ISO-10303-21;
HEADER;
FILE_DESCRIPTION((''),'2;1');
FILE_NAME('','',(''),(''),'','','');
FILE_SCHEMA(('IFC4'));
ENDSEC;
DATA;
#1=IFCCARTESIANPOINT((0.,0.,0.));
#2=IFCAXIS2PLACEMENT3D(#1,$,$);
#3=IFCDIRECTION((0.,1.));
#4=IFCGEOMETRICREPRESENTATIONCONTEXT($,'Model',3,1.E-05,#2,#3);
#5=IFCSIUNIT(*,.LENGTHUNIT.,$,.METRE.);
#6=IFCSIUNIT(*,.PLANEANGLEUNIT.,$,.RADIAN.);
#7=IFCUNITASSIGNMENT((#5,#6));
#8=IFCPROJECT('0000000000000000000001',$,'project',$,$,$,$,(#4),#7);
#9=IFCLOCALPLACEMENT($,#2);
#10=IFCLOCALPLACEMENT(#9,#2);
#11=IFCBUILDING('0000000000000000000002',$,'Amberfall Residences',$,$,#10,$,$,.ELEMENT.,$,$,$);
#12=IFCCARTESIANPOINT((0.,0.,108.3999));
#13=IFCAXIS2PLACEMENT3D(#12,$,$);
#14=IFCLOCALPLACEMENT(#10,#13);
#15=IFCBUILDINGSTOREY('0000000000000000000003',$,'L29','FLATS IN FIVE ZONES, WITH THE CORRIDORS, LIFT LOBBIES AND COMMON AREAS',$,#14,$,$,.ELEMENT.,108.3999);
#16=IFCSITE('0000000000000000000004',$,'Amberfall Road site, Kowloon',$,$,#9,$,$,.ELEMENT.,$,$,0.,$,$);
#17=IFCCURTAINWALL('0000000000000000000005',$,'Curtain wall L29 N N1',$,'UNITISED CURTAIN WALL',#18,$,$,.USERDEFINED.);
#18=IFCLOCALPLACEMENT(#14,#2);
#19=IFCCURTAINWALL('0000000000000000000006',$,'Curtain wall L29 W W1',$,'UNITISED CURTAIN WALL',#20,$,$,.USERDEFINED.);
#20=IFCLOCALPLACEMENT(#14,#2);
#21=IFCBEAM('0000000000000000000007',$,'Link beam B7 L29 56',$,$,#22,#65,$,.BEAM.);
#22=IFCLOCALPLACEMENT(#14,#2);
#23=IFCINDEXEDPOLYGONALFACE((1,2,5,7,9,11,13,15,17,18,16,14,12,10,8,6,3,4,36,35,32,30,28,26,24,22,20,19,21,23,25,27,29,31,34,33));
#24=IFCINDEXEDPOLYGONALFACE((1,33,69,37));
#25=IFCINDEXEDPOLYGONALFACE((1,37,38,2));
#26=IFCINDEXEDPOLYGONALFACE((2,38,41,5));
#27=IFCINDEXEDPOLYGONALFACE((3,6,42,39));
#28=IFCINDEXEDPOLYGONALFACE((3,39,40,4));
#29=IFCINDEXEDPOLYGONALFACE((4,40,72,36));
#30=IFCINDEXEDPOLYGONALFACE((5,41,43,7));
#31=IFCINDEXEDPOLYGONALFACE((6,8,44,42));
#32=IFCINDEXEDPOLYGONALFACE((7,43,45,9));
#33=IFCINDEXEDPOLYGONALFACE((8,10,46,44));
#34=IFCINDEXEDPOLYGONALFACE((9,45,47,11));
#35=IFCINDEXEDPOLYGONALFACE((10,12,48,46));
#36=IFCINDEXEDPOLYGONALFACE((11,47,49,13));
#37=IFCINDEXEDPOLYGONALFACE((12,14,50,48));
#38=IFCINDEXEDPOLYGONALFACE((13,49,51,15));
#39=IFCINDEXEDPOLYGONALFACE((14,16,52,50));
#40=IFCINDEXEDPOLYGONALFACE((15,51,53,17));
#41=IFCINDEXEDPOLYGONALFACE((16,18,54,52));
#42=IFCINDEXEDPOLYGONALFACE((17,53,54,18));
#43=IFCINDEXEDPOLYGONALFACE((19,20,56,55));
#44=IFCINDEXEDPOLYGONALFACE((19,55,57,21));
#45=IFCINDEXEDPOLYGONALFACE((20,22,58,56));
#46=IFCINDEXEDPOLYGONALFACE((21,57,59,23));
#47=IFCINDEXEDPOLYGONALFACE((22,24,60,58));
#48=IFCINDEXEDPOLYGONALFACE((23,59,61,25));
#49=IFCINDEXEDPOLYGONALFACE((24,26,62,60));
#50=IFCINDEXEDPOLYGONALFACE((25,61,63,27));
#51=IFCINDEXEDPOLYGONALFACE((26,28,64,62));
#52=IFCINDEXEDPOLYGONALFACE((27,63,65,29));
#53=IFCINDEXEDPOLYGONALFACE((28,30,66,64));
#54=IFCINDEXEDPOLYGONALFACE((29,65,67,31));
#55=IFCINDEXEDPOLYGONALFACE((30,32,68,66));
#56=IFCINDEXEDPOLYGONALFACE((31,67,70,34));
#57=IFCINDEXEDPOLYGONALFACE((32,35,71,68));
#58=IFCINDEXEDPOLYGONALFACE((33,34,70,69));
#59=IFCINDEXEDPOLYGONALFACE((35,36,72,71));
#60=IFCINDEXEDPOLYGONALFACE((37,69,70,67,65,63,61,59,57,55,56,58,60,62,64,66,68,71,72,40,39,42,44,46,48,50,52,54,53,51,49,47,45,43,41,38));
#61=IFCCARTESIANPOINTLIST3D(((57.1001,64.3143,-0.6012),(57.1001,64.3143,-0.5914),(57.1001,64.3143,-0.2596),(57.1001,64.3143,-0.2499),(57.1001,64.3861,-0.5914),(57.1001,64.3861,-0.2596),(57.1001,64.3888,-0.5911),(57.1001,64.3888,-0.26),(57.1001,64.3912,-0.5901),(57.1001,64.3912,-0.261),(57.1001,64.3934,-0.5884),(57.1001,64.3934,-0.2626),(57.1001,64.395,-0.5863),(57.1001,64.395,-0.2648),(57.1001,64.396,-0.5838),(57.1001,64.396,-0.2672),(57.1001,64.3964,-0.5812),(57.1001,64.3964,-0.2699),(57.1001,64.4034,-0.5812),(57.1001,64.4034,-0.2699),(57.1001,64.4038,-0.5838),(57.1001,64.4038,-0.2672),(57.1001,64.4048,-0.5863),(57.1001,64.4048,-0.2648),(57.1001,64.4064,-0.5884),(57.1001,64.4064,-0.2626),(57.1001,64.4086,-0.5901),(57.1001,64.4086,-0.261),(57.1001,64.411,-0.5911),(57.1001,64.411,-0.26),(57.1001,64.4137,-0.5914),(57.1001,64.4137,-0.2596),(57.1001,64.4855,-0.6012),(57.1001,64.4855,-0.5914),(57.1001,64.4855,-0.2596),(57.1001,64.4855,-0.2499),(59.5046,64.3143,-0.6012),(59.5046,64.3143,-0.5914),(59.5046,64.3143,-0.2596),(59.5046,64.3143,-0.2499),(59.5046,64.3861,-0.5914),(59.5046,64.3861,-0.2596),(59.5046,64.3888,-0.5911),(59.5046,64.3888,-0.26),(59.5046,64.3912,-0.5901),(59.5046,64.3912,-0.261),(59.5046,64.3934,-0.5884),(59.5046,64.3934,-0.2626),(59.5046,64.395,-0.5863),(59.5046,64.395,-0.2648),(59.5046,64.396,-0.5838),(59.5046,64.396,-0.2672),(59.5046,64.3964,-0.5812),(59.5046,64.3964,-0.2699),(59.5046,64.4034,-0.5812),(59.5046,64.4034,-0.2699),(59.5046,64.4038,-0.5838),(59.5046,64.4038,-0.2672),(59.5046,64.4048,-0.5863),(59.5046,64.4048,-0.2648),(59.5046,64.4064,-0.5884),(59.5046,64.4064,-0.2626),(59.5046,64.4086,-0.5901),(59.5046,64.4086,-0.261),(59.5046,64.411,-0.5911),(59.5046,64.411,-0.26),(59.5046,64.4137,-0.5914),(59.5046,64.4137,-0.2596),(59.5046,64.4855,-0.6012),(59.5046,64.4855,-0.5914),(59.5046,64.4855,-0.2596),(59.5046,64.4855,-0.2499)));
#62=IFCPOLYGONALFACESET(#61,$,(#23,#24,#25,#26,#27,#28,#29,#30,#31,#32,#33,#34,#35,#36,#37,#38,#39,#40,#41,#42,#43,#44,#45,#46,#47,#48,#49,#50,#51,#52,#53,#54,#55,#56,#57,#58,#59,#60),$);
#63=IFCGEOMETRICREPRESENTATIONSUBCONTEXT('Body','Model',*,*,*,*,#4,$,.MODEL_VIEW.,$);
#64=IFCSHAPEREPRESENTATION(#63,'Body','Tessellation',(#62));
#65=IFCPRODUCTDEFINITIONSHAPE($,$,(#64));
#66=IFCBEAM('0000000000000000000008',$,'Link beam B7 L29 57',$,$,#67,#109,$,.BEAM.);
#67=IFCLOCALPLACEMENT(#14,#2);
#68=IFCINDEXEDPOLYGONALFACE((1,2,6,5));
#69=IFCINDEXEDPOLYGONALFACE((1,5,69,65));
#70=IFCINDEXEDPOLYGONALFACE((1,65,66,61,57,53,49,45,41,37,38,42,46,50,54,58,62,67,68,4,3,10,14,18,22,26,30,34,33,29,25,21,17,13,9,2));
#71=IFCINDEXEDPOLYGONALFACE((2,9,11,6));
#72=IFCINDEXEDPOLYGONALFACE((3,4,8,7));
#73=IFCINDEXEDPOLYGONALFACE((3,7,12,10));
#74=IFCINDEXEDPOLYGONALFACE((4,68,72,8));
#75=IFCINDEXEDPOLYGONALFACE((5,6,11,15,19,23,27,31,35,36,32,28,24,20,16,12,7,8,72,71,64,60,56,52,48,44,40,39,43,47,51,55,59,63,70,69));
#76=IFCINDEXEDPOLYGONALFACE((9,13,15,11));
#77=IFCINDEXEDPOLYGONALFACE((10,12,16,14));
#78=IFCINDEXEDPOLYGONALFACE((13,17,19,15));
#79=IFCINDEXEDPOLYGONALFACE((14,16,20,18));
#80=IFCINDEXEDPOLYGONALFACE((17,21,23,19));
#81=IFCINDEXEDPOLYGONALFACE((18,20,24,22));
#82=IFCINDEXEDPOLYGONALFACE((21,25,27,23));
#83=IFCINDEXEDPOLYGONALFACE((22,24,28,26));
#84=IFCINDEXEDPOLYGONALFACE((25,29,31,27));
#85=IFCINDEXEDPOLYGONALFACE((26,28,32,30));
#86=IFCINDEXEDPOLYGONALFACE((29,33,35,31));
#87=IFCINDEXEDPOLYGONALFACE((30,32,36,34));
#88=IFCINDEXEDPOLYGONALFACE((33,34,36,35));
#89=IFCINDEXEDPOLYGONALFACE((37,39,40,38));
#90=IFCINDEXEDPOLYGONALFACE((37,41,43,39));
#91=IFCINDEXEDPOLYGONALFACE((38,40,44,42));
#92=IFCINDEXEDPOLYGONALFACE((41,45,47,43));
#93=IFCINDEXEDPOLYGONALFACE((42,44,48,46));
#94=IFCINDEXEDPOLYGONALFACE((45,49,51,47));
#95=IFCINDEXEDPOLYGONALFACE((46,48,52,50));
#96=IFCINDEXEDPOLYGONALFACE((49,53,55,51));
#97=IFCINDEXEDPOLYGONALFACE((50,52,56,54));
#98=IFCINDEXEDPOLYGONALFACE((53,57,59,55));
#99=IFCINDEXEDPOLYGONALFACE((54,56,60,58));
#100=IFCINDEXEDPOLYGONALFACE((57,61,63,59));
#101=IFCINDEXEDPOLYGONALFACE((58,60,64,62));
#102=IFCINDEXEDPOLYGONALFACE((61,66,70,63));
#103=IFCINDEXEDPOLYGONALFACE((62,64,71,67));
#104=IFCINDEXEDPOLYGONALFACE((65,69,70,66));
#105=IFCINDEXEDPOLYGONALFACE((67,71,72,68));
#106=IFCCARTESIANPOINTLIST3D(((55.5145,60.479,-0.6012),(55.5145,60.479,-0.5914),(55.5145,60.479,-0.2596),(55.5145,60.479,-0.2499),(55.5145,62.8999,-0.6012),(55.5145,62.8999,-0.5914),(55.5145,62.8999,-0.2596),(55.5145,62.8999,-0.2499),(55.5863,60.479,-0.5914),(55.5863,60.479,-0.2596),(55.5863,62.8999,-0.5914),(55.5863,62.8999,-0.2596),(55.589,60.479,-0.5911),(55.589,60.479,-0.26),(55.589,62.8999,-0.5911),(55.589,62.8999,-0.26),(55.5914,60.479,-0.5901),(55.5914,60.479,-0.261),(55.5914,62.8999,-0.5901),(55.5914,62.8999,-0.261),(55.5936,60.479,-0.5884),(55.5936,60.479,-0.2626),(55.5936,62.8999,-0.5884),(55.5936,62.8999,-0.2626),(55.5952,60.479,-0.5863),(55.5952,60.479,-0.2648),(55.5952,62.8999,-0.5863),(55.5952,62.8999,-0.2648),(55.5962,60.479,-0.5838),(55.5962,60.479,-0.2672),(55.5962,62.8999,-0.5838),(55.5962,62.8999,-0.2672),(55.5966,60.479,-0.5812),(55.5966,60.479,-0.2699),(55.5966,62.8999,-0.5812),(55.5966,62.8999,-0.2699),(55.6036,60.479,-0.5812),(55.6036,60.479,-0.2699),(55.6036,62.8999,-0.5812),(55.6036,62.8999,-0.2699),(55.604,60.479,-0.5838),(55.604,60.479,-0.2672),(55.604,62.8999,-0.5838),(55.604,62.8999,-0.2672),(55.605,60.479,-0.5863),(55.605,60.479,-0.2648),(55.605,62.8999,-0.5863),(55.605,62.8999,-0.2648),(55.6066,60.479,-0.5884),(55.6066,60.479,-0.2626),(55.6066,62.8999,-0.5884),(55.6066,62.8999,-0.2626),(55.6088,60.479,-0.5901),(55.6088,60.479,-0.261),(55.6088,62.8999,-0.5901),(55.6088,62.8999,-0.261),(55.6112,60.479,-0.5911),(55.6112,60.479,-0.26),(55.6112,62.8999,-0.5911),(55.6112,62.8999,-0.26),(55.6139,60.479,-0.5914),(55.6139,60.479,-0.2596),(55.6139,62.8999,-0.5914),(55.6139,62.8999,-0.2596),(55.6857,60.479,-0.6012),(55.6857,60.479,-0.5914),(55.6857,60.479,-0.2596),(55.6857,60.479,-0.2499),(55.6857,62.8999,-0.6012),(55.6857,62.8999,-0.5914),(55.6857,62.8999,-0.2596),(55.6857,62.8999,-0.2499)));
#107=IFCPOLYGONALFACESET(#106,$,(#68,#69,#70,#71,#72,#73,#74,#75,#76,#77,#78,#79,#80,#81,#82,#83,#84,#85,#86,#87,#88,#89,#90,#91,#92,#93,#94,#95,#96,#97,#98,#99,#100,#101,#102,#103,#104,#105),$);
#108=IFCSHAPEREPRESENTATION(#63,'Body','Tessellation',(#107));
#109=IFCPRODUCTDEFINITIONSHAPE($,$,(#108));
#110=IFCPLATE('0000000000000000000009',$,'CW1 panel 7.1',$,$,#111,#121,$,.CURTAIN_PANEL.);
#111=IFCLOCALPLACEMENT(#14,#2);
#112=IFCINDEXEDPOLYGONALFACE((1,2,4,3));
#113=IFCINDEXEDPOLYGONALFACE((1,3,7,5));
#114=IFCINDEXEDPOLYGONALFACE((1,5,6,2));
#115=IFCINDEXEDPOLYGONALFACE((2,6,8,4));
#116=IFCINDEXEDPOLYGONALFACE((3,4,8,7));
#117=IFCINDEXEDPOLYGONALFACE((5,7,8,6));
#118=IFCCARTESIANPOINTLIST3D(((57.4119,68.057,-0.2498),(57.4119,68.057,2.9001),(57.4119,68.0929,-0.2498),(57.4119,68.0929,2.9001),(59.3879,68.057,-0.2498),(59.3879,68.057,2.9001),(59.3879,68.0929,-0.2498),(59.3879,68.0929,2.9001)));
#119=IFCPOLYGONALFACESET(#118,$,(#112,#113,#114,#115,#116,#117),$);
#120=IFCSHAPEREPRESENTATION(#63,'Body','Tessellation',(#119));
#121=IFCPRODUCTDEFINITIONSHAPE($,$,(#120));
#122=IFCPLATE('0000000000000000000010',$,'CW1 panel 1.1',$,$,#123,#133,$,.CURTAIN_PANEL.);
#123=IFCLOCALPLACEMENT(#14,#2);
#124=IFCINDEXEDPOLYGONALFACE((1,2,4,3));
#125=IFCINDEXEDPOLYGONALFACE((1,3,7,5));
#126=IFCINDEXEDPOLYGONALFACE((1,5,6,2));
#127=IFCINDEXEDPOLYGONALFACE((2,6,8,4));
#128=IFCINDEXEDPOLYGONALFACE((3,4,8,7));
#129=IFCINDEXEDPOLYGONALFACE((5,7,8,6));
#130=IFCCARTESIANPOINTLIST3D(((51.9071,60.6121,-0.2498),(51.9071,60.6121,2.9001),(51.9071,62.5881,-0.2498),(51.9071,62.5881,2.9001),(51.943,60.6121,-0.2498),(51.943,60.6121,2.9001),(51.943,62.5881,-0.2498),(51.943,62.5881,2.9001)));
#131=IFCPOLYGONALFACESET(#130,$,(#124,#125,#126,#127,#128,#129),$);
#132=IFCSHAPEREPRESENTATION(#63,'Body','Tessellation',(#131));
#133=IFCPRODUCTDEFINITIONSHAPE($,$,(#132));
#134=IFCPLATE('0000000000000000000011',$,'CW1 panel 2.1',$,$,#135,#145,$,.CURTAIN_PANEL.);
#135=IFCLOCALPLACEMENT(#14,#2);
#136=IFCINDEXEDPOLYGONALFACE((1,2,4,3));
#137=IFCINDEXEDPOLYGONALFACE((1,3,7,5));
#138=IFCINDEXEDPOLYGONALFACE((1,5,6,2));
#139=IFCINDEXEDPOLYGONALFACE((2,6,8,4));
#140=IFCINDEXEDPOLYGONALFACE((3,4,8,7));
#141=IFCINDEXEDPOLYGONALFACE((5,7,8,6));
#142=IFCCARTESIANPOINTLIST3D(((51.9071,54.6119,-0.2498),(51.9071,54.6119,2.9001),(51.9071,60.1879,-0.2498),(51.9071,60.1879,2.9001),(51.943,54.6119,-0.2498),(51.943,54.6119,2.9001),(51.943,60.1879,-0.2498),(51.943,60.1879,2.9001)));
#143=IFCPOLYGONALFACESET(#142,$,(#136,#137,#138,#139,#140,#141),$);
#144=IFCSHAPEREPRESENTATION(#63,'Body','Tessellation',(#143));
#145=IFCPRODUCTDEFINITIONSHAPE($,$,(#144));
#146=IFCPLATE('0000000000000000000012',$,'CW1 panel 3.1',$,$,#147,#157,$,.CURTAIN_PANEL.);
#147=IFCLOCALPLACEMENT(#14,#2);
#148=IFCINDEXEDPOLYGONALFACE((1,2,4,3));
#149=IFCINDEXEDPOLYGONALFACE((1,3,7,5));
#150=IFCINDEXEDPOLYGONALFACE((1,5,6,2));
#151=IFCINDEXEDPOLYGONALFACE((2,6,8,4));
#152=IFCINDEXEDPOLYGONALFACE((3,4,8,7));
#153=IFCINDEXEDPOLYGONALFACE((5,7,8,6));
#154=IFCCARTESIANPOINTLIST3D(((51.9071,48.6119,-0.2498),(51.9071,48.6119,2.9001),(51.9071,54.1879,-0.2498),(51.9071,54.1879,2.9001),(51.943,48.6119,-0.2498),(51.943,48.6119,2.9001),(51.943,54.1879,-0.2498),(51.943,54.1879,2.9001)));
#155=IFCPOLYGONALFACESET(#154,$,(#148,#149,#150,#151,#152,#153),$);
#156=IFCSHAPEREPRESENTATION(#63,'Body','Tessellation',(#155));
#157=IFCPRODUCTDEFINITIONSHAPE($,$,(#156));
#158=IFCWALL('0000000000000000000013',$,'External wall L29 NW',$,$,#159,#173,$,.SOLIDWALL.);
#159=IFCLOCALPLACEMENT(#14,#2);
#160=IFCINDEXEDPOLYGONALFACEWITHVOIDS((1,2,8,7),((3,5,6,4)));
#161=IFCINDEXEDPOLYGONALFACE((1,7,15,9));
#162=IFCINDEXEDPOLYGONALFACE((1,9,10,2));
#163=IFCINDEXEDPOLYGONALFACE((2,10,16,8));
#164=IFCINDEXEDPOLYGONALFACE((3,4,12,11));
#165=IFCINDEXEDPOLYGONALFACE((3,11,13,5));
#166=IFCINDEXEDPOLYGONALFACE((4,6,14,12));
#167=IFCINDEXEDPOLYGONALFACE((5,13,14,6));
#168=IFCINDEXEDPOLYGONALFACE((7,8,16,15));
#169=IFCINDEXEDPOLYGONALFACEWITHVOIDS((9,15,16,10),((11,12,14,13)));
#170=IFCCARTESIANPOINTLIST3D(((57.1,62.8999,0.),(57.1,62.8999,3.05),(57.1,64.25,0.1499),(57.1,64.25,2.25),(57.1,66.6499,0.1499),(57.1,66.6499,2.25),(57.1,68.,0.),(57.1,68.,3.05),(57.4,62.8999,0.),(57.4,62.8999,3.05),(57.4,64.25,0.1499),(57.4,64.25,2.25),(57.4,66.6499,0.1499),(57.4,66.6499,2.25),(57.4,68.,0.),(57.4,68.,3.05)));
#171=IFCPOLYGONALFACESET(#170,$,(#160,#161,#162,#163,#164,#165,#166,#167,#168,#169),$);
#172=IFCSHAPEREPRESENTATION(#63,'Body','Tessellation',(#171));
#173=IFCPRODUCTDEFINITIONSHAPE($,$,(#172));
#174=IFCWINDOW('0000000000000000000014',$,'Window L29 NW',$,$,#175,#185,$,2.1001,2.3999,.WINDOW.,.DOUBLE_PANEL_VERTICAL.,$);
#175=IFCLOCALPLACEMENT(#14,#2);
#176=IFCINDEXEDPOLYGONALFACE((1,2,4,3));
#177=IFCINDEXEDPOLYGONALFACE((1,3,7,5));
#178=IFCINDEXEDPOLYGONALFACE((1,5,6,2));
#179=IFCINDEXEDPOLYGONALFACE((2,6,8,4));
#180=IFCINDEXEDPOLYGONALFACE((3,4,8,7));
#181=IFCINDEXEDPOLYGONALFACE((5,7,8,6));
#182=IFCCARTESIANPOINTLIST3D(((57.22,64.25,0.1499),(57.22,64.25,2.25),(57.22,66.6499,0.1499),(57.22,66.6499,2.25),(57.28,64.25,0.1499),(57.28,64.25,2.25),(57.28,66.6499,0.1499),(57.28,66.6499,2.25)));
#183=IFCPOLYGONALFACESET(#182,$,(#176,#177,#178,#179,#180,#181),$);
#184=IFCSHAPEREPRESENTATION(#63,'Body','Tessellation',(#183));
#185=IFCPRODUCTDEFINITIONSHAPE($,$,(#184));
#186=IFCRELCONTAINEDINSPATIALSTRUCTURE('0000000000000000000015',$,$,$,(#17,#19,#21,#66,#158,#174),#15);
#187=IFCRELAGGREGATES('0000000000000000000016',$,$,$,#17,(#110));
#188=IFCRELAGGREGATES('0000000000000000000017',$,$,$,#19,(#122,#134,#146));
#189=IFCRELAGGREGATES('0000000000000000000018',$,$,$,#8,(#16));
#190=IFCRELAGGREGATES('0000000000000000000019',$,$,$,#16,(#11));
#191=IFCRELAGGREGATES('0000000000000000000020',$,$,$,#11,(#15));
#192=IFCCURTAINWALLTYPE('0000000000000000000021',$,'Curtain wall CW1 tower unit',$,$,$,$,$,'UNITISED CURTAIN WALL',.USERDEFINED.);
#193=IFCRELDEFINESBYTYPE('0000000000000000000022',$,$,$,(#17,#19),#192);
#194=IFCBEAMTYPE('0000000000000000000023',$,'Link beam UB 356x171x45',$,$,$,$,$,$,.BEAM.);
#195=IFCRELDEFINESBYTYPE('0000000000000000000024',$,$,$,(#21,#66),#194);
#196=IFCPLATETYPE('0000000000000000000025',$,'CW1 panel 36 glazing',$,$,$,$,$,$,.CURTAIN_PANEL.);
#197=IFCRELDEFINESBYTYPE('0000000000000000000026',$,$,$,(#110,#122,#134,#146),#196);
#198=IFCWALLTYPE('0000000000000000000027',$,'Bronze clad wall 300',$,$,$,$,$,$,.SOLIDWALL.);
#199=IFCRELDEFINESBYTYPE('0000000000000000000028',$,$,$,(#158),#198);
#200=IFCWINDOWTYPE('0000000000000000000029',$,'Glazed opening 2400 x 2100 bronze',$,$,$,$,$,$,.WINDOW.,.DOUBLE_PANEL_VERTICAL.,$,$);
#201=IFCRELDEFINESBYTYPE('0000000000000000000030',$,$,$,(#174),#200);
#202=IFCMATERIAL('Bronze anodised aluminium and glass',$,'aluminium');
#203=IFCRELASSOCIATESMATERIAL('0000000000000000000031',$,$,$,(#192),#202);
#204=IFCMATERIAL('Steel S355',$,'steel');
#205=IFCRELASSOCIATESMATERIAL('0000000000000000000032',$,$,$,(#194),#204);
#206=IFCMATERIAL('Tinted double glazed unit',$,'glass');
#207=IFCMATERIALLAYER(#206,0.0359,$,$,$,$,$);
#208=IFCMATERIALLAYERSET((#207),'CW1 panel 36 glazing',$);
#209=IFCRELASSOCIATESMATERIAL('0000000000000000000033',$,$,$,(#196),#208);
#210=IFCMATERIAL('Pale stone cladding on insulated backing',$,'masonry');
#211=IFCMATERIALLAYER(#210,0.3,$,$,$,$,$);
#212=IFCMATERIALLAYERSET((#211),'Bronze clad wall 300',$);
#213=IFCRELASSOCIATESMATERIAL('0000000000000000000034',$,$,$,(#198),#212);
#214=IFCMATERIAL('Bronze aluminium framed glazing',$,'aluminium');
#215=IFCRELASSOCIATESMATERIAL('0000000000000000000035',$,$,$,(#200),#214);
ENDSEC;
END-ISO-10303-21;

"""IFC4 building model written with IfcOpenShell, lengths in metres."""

from ifc_helpers import new_model, si_unit, direction, frame, frame_2d, origin, origin_2d, place, context, subcontext, project, spatial, rectangle, i_section, extrude, material, layer, layer_set, material_profile, profile_set, type_object, element, fill, aggregate, save


model = new_model("IFC4")

# Units and contexts
model_context = context("Model", 3, precision=1e-05, world=origin(), true_north=direction((0.0, 1.0)))
body_context = subcontext(model_context, "Body", "Model", "MODEL_VIEW")
ifc_project = project(units=[si_unit("LENGTHUNIT", "METRE"), si_unit("PLANEANGLEUNIT", "RADIAN")], contexts=[model_context])

# Site, building, storey
site_placement = place(None, origin())
site = spatial("IfcSite", under=ifc_project, at=site_placement, Name="Amberfall Road site, Kowloon", CompositionType="ELEMENT", RefElevation=0.0)
building_placement = place(site_placement, origin())
building = spatial("IfcBuilding", under=site, at=building_placement, Name="Amberfall Residences", CompositionType="ELEMENT")
storey_placement = place(building_placement, frame((0.0, 0.0, 108.3999)))
storey = spatial("IfcBuildingStorey", under=building, at=storey_placement, Name="L29", Description="FLATS IN FIVE ZONES, WITH THE CORRIDORS, LIFT LOBBIES AND COMMON AREAS", CompositionType="ELEMENT", Elevation=108.3999)

# Curtain wall
ifc_material_1 = material(Name="Bronze anodised aluminium and glass", Category="aluminium")
curtain_wall_type = type_object("IfcCurtainWallType", Name="Curtain wall CW1 tower unit", ElementType="UNITISED CURTAIN WALL", PredefinedType="USERDEFINED", material=ifc_material_1)
curtain_wall_1_placement = place(storey_placement, origin())
curtain_wall_1 = element("IfcCurtainWall", 1, at=curtain_wall_1_placement, inside=storey, type_object=curtain_wall_type, Name="Curtain wall L29 N N1", ObjectType="UNITISED CURTAIN WALL", PredefinedType="USERDEFINED")

# Curtain wall
curtain_wall_2_placement = place(storey_placement, origin())
curtain_wall_2 = element("IfcCurtainWall", 2, at=curtain_wall_2_placement, inside=storey, type_object=curtain_wall_type, Name="Curtain wall L29 W W1", ObjectType="UNITISED CURTAIN WALL", PredefinedType="USERDEFINED")

# Shared definitions
ifc_material_2 = material(Name="Steel S355", Category="steel")

# Beams
ifc_material_profile_1 = material_profile(ifc_material_2, i_section(OverallWidth=0.1711, OverallDepth=0.3513, WebThickness=0.0071, FlangeThickness=0.0098, FilletRadius=0.0103, at=origin_2d()), Name="UB 356x171x45")
ifc_profile_set_1 = profile_set([ifc_material_profile_1], Name="Steel S355")
beam_type_1 = type_object("IfcBeamType", Name="Link beam UB 356x171x45", PredefinedType="BEAM", material=ifc_profile_set_1)
beam_1_placement = place(storey_placement, frame((57.1001, 64.3999, -0.4255), z_axis=(1.0, 0.0, 0.0), x_axis=(0.0, 1.0, 0.0)))
element("IfcBeam", 3, at=beam_1_placement, inside=storey, type_object=beam_type_1, Name="Link beam B7 L29 56", PredefinedType="BEAM", context=body_context, shape_type="SweptSolid", body=[
    extrude(i_section(OverallWidth=0.1711, OverallDepth=0.3513, WebThickness=0.0071, FlangeThickness=0.0098, FilletRadius=0.0103, at=origin_2d()), origin(), (0.0, 0.0, 1.0), 2.4045),
])
beam_2_placement = place(storey_placement, frame((55.6001, 62.8999, -0.4255), z_axis=(0.0, -1.0, 0.0), x_axis=(1.0, 0.0, 0.0)))
element("IfcBeam", 4, at=beam_2_placement, inside=storey, type_object=beam_type_1, Name="Link beam B7 L29 57", PredefinedType="BEAM", context=body_context, shape_type="SweptSolid", body=[
    extrude(i_section(OverallWidth=0.1711, OverallDepth=0.3513, WebThickness=0.0071, FlangeThickness=0.0098, FilletRadius=0.0103, at=origin_2d()), origin(), (0.0, 0.0, 1.0), 2.4209),
])

# Plates
ifc_material_3 = material(Name="Tinted double glazed unit", Category="glass")
ifc_layer_1 = layer(ifc_material_3, 0.0359)
ifc_layer_set_1 = layer_set([ifc_layer_1], Name="CW1 panel 36 glazing")
plate_type = type_object("IfcPlateType", Name="CW1 panel 36 glazing", PredefinedType="CURTAIN_PANEL", material=ifc_layer_set_1)
plate_1_placement = place(storey_placement, frame((58.3999, 68.075, -0.2498), z_axis=(0.0, 0.0, 1.0), x_axis=(-1.0, 0.0, 0.0)))
plate_1 = element("IfcPlate", 5, at=plate_1_placement, type_object=plate_type, Name="CW1 panel 7.1", PredefinedType="CURTAIN_PANEL", context=body_context, shape_type="SweptSolid", body=[
    extrude(rectangle(XDim=1.9761, YDim=0.0359, at=origin_2d()), origin(), (0.0, 0.0, 1.0), 3.1499),
])
aggregate(curtain_wall_1, [plate_1])
plate_2_placement = place(storey_placement, frame((51.925, 61.6001, -0.2498), z_axis=(0.0, 0.0, 1.0), x_axis=(0.0, -1.0, 0.0)))
plate_2 = element("IfcPlate", 6, at=plate_2_placement, type_object=plate_type, Name="CW1 panel 1.1", PredefinedType="CURTAIN_PANEL", context=body_context, shape_type="SweptSolid", body=[
    extrude(rectangle(XDim=1.9761, YDim=0.0359, at=origin_2d()), origin(), (0.0, 0.0, 1.0), 3.1499),
])
plate_3_placement = place(storey_placement, frame((51.925, 57.3999, -0.2498), z_axis=(0.0, 0.0, 1.0), x_axis=(0.0, -1.0, 0.0)))
plate_3 = element("IfcPlate", 7, at=plate_3_placement, type_object=plate_type, Name="CW1 panel 2.1", PredefinedType="CURTAIN_PANEL", context=body_context, shape_type="SweptSolid", body=[
    extrude(rectangle(XDim=5.5759, YDim=0.0359, at=origin_2d()), origin(), (0.0, 0.0, 1.0), 3.1499),
])
plate_4_placement = place(storey_placement, frame((51.925, 51.3999, -0.2498), z_axis=(0.0, 0.0, 1.0), x_axis=(0.0, -1.0, 0.0)))
plate_4 = element("IfcPlate", 8, at=plate_4_placement, type_object=plate_type, Name="CW1 panel 3.1", PredefinedType="CURTAIN_PANEL", context=body_context, shape_type="SweptSolid", body=[
    extrude(rectangle(XDim=5.5759, YDim=0.0359, at=origin_2d()), origin(), (0.0, 0.0, 1.0), 3.1499),
])
aggregate(curtain_wall_2, [plate_2, plate_3, plate_4])

# Wall, opening, window
ifc_material_4 = material(Name="Pale stone cladding on insulated backing", Category="masonry")
ifc_layer_2 = layer(ifc_material_4, 0.3)
ifc_layer_set_2 = layer_set([ifc_layer_2], Name="Bronze clad wall 300")
wall_type_1 = type_object("IfcWallType", Name="Bronze clad wall 300", PredefinedType="SOLIDWALL", material=ifc_layer_set_2)
wall_1_placement = place(storey_placement, frame((57.25, 68.0, 0.0), z_axis=(0.0, 0.0, 1.0), x_axis=(0.0, -1.0, 0.0)))
wall_1 = element("IfcWall", 9, at=wall_1_placement, inside=storey, type_object=wall_type_1, Name="External wall L29 NW", PredefinedType="SOLIDWALL", context=body_context, shape_type="SweptSolid", body=[
    extrude(rectangle(XDim=5.1001, YDim=0.3, at=frame_2d((2.55, 0.0))), origin(), (0.0, 0.0, 1.0), 3.05),
])
opening_1_placement = place(wall_1_placement, frame((1.3501, 0.0, 0.1499)))
opening_1 = element("IfcOpeningElement", 10, at=opening_1_placement, cuts=wall_1, PredefinedType="OPENING", context=body_context, shape_type="SweptSolid", body=[
    extrude(rectangle(XDim=2.3999, YDim=2.1001, at=frame_2d((1.2, 1.05))), frame((0.0, 0.1599, 0.0), z_axis=(0.0, -1.0, 0.0), x_axis=(1.0, 0.0, 0.0)), (0.0, 0.0, 1.0), 0.3201),
])
ifc_material_5 = material(Name="Bronze aluminium framed glazing", Category="aluminium")
window_type = type_object("IfcWindowType", Name="Glazed opening 2400 x 2100 bronze", PartitioningType="DOUBLE_PANEL_VERTICAL", PredefinedType="WINDOW", material=ifc_material_5)
window_placement = place(opening_1_placement, origin())
window = element("IfcWindow", 11, at=window_placement, inside=storey, type_object=window_type, Name="Window L29 NW", OverallHeight=2.1001, OverallWidth=2.3999, PartitioningType="DOUBLE_PANEL_VERTICAL", PredefinedType="WINDOW", context=body_context, shape_type="SweptSolid", body=[
    extrude(rectangle(XDim=2.3999, YDim=2.1001, at=frame_2d((1.2, 1.05))), frame((0.0, 0.03, 0.0), z_axis=(0.0, -1.0, 0.0), x_axis=(1.0, 0.0, 0.0)), (0.0, 0.0, 1.0), 0.0601),
])
fill(opening_1, window)

save(model, "model.ifc")
